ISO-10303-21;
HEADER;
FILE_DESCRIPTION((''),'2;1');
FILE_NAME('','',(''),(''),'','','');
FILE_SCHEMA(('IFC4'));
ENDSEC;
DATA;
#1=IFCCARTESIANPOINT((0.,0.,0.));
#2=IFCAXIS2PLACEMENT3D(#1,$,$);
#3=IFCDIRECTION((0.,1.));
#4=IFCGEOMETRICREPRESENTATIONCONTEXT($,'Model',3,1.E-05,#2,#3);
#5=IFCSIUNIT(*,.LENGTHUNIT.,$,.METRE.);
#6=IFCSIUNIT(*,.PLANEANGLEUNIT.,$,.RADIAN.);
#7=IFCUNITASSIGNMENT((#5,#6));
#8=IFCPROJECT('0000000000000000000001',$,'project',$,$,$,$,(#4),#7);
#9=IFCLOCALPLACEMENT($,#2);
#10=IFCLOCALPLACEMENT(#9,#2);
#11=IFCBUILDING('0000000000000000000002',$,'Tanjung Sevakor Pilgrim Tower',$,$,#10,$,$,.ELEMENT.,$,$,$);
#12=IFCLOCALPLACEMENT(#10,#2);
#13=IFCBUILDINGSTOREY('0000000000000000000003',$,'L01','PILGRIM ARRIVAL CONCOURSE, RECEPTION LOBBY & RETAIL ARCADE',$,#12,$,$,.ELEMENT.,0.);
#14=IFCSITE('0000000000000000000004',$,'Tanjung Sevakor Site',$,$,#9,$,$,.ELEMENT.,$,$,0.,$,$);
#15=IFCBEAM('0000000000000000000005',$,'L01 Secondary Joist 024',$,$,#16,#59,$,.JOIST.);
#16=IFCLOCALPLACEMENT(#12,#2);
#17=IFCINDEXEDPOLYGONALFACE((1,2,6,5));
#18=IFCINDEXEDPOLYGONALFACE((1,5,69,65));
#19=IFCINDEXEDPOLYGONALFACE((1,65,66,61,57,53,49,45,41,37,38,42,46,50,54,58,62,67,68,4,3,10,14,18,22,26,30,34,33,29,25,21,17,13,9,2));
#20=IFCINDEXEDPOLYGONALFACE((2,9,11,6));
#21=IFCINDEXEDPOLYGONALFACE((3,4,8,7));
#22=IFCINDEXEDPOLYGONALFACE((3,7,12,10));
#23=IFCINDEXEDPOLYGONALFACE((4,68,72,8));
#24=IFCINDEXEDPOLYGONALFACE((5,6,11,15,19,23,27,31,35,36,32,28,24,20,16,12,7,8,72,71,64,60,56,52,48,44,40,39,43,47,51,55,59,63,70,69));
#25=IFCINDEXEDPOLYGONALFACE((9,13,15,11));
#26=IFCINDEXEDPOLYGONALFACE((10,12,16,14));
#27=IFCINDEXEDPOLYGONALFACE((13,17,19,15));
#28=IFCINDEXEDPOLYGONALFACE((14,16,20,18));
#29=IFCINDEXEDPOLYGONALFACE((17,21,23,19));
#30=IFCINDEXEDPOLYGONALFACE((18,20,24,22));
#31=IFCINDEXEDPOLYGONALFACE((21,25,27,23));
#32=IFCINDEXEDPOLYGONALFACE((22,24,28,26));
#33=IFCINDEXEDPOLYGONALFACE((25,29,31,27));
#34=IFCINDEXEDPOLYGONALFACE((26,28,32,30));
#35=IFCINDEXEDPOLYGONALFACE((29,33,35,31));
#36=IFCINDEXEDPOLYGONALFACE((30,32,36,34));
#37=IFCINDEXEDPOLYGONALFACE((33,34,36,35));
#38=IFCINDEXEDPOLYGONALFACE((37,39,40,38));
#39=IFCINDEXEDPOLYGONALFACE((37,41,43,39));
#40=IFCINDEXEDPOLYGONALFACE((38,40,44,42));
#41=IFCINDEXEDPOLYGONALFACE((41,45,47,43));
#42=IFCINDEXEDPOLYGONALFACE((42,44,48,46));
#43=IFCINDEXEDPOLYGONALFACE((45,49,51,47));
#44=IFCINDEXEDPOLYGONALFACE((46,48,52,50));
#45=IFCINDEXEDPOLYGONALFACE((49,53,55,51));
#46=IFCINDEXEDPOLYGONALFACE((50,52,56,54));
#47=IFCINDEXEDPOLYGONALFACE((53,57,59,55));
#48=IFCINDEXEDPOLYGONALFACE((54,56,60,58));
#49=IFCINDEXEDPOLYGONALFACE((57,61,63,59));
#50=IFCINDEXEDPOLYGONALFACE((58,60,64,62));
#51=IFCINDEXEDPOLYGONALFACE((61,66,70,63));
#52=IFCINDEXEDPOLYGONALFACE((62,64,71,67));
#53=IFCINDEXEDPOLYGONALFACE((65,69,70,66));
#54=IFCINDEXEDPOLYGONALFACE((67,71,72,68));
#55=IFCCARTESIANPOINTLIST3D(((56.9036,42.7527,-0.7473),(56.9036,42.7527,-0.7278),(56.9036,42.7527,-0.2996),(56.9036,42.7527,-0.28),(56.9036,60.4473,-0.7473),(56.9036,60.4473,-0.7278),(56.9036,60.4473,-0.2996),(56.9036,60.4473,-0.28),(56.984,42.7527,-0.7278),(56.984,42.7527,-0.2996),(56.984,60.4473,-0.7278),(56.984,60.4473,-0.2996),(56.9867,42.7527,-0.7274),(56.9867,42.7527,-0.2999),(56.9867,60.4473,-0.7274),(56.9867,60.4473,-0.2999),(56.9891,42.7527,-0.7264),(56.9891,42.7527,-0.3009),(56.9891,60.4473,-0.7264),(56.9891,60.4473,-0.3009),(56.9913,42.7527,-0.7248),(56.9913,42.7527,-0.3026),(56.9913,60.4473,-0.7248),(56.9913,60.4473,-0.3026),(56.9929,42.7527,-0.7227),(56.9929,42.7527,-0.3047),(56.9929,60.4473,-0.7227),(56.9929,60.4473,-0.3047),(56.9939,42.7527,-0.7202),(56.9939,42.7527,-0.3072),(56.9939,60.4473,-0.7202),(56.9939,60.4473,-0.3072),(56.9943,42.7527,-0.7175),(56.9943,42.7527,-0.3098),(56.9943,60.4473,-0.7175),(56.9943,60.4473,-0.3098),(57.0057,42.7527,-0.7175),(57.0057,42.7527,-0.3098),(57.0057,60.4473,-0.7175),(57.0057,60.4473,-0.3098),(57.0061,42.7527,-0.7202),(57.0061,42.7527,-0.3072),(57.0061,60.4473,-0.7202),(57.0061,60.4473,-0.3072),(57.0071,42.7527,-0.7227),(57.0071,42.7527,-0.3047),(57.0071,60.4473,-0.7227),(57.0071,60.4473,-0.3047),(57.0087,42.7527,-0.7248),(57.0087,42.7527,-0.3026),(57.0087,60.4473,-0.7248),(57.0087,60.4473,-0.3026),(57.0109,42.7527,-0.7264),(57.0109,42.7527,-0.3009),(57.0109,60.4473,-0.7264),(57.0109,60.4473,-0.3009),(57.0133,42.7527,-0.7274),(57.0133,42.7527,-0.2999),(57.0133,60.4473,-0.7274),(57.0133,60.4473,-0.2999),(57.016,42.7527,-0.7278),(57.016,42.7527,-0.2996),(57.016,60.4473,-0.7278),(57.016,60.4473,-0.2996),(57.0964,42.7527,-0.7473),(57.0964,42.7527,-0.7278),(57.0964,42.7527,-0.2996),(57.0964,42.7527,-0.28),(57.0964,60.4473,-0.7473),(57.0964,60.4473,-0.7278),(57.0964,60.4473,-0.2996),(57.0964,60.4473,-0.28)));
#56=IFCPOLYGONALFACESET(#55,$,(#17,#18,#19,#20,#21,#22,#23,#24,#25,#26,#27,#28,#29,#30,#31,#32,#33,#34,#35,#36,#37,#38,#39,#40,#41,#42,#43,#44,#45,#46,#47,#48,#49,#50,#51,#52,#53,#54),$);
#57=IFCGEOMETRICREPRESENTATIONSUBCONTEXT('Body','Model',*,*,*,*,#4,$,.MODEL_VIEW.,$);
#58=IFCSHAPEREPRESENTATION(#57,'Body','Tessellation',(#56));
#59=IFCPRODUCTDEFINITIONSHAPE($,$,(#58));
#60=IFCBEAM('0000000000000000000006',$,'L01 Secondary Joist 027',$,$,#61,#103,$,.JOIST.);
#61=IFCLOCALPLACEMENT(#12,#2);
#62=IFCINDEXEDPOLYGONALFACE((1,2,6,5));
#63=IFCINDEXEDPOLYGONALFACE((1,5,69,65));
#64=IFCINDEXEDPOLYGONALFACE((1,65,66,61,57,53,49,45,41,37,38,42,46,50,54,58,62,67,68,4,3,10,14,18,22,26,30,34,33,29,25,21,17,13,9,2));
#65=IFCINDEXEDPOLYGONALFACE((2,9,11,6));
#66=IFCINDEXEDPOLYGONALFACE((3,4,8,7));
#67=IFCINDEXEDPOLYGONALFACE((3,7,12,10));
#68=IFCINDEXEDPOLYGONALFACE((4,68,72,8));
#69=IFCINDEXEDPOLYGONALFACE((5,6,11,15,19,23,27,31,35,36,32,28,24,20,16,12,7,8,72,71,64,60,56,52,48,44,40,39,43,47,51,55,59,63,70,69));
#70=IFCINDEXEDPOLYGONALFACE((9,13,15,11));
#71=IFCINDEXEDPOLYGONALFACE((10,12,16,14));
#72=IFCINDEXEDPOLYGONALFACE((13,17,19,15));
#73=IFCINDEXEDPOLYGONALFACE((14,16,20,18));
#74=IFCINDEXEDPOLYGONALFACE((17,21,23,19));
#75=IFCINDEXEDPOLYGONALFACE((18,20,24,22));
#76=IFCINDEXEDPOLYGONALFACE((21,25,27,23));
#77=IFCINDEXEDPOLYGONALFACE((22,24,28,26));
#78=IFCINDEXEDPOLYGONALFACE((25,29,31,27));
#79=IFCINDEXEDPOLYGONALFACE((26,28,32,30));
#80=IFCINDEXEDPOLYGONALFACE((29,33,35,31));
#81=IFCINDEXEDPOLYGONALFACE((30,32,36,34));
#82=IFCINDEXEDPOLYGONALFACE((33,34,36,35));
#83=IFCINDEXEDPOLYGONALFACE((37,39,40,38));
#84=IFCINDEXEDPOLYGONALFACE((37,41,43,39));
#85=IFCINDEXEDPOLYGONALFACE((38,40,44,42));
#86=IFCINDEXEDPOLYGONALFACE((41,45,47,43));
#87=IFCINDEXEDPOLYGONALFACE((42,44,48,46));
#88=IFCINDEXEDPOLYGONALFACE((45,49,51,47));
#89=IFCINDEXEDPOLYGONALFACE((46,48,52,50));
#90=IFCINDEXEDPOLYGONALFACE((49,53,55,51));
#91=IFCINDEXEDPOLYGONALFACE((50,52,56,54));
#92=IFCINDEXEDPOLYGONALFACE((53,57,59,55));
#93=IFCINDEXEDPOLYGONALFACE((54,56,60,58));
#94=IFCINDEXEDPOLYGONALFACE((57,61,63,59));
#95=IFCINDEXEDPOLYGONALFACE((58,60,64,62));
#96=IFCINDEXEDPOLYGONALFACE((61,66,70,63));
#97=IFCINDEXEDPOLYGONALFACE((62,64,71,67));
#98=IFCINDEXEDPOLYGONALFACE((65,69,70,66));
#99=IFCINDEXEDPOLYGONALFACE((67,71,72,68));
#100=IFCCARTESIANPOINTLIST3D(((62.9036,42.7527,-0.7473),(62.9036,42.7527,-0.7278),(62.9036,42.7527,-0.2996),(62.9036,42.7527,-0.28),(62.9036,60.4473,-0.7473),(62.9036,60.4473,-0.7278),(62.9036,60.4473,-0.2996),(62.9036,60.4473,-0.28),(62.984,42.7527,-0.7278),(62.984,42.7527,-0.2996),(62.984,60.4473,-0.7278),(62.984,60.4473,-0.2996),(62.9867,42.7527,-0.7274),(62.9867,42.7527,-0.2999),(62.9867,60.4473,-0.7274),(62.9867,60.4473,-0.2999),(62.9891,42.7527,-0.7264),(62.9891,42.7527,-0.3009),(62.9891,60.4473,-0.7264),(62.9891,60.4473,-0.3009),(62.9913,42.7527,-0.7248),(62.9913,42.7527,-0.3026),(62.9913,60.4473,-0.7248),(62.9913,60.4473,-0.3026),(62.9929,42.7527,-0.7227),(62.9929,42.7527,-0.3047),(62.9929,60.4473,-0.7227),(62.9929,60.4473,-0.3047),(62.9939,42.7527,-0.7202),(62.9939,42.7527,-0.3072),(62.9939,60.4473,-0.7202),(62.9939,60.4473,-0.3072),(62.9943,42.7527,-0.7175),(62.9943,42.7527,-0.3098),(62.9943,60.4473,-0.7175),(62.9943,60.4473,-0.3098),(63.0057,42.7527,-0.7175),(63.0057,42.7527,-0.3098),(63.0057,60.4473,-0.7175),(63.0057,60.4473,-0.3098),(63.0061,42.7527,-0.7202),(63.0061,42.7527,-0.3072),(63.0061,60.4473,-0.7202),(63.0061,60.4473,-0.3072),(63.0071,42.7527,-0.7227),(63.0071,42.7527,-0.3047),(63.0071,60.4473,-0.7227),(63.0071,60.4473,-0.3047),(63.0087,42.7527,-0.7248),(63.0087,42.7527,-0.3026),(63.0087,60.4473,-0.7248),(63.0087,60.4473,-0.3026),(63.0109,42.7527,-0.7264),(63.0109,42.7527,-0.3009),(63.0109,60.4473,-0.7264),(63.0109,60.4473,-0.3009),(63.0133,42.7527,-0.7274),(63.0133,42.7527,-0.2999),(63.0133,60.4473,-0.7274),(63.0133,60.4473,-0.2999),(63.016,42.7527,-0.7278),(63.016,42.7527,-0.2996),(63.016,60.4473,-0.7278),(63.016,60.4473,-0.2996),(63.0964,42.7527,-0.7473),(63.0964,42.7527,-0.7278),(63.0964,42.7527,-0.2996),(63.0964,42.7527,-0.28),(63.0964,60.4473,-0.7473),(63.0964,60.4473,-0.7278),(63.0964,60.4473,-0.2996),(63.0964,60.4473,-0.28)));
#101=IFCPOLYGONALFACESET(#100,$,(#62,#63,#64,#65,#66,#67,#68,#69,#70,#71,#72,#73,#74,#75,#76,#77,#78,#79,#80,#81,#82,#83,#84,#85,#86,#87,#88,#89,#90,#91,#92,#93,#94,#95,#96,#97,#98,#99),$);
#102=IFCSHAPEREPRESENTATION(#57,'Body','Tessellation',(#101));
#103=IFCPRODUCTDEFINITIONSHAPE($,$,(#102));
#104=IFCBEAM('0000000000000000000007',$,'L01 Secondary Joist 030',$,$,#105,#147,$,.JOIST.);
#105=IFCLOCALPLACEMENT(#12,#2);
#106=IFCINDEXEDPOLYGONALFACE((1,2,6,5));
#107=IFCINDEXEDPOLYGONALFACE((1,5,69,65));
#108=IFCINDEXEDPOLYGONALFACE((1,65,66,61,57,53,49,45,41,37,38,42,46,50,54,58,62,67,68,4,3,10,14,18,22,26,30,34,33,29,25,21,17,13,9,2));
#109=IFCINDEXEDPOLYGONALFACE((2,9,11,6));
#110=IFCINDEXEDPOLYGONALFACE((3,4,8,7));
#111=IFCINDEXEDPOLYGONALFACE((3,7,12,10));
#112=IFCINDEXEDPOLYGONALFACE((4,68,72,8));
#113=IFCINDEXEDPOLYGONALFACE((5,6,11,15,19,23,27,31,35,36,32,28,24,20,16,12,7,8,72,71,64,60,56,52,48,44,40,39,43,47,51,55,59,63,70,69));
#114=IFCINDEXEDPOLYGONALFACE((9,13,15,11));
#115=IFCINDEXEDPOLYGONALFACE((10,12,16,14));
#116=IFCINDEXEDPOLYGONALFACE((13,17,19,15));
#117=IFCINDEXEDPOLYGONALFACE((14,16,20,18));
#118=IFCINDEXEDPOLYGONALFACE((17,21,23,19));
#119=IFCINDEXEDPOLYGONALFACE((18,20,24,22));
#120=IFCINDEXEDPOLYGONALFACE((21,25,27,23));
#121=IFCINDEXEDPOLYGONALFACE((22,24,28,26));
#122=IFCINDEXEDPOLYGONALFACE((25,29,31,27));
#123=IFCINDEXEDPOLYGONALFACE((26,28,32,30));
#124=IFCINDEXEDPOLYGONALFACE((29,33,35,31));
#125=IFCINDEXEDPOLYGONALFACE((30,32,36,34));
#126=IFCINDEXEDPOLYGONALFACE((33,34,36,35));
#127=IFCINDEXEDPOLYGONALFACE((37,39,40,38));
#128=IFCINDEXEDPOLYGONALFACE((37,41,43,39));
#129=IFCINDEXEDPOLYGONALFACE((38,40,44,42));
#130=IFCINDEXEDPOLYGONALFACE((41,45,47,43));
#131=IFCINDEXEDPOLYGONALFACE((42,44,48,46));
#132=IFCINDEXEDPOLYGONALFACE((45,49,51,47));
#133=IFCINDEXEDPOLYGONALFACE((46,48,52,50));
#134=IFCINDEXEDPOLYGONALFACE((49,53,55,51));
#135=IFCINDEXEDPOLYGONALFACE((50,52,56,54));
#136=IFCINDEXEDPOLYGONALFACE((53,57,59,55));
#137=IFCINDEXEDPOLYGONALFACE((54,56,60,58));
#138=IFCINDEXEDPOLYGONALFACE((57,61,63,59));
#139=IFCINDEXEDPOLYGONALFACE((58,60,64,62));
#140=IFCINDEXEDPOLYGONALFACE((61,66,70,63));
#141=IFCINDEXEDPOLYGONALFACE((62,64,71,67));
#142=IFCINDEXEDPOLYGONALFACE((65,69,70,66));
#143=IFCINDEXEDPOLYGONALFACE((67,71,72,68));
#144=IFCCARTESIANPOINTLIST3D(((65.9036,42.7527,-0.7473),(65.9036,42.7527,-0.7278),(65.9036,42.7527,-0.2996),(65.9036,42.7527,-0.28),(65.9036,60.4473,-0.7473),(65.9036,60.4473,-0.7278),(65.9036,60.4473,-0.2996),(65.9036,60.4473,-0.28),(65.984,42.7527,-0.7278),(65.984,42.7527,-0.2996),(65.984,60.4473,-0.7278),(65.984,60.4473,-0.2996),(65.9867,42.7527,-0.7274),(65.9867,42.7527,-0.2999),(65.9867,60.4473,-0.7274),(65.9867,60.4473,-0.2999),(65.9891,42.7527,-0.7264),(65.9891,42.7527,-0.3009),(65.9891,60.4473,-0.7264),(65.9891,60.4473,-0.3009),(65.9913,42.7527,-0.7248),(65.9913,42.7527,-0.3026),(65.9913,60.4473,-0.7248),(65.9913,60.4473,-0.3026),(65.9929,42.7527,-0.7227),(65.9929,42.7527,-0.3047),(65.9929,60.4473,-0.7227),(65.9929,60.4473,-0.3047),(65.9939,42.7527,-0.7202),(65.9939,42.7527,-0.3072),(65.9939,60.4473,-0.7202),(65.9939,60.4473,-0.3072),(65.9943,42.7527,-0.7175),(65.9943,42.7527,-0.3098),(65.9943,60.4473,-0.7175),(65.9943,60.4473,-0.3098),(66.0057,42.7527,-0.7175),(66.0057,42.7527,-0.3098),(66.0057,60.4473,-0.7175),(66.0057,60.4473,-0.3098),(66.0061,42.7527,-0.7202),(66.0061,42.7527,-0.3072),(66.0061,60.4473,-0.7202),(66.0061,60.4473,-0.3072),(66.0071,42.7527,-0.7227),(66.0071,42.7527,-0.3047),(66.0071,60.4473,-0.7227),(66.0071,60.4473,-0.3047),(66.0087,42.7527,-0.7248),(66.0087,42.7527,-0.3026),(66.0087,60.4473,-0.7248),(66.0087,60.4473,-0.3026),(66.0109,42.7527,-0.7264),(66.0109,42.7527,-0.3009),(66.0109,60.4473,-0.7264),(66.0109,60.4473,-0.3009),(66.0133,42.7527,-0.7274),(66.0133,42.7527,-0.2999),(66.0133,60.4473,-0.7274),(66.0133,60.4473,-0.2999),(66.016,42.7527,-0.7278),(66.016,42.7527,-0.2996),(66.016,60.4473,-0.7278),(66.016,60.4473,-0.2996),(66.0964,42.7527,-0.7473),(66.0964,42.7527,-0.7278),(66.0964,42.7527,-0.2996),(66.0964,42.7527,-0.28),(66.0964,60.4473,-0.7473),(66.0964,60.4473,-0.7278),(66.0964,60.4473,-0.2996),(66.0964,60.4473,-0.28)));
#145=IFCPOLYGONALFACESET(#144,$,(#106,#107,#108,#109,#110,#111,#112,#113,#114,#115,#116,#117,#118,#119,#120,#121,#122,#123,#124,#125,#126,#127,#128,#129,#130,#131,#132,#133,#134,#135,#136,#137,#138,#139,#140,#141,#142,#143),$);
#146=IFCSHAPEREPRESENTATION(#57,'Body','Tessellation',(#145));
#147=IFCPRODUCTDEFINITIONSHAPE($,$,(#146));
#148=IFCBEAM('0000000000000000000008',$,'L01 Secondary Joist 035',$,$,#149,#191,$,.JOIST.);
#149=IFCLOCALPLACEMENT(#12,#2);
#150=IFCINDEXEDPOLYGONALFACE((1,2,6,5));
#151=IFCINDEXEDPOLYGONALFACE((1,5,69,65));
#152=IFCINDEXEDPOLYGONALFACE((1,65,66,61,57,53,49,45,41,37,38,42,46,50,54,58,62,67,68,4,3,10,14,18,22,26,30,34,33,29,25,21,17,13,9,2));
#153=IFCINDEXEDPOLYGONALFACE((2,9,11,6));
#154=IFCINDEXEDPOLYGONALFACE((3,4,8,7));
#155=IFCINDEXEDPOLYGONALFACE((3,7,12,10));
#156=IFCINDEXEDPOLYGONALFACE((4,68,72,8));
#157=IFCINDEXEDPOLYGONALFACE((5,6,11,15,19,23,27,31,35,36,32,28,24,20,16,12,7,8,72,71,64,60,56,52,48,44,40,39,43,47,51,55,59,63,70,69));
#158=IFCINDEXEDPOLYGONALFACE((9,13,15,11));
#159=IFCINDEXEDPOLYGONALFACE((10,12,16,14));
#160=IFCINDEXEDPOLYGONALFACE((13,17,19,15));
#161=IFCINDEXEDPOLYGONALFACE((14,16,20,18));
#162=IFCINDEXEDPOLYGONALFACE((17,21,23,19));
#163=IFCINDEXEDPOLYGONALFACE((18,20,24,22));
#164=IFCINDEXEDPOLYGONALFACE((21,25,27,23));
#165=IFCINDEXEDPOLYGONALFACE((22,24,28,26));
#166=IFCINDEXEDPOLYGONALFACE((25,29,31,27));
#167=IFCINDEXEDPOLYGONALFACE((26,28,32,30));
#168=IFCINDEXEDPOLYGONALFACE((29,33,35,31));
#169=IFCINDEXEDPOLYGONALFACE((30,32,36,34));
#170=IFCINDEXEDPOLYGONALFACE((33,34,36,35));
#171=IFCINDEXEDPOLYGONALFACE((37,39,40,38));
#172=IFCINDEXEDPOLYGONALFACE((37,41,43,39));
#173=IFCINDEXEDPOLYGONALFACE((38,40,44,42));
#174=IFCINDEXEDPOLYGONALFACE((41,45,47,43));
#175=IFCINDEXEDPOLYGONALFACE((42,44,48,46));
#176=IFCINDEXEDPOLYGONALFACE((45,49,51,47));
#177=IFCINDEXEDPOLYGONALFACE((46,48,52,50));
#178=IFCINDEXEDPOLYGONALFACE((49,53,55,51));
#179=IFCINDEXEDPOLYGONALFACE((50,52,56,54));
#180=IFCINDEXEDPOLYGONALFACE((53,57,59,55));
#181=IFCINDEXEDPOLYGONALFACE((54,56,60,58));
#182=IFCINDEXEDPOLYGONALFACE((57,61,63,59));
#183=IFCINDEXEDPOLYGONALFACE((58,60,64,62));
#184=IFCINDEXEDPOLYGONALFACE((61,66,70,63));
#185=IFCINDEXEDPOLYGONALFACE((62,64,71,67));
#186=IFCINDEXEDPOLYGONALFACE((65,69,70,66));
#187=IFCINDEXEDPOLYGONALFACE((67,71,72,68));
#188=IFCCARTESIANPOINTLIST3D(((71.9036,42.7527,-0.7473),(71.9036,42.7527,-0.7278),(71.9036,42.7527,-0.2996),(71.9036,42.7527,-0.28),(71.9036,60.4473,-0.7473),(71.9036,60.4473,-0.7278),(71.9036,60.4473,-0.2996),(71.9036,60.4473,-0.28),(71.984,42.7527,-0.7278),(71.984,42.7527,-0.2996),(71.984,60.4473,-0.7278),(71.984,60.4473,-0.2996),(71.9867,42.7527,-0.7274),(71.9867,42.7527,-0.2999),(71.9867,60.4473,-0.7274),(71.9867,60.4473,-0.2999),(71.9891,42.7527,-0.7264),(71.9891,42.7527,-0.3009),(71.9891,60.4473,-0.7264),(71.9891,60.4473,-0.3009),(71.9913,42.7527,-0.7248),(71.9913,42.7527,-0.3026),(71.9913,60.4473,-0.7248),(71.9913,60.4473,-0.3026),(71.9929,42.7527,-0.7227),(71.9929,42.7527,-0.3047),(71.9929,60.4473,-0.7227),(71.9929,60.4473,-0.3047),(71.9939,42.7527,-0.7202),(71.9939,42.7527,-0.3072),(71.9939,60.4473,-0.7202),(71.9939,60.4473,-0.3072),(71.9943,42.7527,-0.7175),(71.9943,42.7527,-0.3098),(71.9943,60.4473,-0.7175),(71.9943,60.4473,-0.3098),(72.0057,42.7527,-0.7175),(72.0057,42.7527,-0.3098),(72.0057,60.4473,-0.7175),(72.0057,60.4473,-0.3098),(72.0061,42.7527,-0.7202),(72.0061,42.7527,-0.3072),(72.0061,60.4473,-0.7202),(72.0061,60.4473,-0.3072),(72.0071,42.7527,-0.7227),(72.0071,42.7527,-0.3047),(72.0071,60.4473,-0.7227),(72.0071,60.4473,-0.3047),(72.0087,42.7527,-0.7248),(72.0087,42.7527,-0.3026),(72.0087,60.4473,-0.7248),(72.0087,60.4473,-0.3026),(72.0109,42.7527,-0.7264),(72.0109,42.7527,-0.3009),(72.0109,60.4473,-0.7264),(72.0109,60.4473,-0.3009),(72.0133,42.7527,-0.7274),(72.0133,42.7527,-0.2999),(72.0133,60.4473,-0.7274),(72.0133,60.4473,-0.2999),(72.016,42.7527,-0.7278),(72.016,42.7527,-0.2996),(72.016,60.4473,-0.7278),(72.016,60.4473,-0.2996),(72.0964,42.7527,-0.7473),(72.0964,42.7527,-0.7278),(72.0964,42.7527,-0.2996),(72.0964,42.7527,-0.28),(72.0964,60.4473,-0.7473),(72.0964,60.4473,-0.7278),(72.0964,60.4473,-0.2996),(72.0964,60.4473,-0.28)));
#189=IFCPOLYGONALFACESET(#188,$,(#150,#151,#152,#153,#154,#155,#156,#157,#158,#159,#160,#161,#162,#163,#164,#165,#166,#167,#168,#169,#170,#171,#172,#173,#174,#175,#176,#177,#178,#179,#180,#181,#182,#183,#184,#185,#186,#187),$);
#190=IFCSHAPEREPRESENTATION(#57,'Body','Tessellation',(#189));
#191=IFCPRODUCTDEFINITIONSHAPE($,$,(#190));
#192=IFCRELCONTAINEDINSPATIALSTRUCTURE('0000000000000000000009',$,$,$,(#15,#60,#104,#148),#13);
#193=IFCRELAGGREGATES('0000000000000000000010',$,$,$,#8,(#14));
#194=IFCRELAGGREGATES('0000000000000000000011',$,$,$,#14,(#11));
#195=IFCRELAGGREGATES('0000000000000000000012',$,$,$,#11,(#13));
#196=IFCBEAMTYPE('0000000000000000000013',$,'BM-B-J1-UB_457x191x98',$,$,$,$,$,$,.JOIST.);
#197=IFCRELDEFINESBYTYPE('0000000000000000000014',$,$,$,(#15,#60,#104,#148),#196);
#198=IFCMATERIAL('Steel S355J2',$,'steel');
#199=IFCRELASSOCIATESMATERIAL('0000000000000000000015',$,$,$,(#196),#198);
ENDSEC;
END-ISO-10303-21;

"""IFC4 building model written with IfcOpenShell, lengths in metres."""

from ifc_helpers import new_model, si_unit, direction, frame, origin, origin_2d, place, context, subcontext, project, spatial, i_section, extrude, material, material_profile, profile_set, type_object, element, save


model = new_model("IFC4")

# Units and contexts
model_context = context("Model", 3, precision=1e-05, world=origin(), true_north=direction((0.0, 1.0)))
body_context = subcontext(model_context, "Body", "Model", "MODEL_VIEW")
ifc_project = project(units=[si_unit("LENGTHUNIT", "METRE"), si_unit("PLANEANGLEUNIT", "RADIAN")], contexts=[model_context])

# Site, building, storey
site_placement = place(None, origin())
site = spatial("IfcSite", under=ifc_project, at=site_placement, Name="Tanjung Sevakor Site", CompositionType="ELEMENT", RefElevation=0.0)
building_placement = place(site_placement, origin())
building = spatial("IfcBuilding", under=site, at=building_placement, Name="Tanjung Sevakor Pilgrim Tower", CompositionType="ELEMENT")
storey_placement = place(building_placement, origin())
storey = spatial("IfcBuildingStorey", under=building, at=storey_placement, Name="L01", Description="PILGRIM ARRIVAL CONCOURSE, RECEPTION LOBBY & RETAIL ARCADE", CompositionType="ELEMENT", Elevation=0.0)

# Beams
ifc_material_1 = material(Name="Steel S355J2", Category="steel")
ifc_material_profile_1 = material_profile(ifc_material_1, i_section(OverallWidth=0.1929, OverallDepth=0.4673, WebThickness=0.0115, FlangeThickness=0.0195, FilletRadius=0.0103, at=origin_2d()))
ifc_profile_set_1 = profile_set([ifc_material_profile_1], Name="Steel S355J2")
beam_type_1 = type_object("IfcBeamType", Name="BM-B-J1-UB_457x191x98", PredefinedType="JOIST", material=ifc_profile_set_1)
for number, where, z_axis, x_axis, name in (
    (1, (57.0, 42.7527, -0.5137), (0.0, 1.0, 0.0), (-1.0, 0.0, 0.0), "L01 Secondary Joist 024"),
    (2, (63.0, 42.7527, -0.5137), (0.0, 1.0, 0.0), (-1.0, 0.0, 0.0), "L01 Secondary Joist 027"),
    (3, (66.0, 42.7527, -0.5137), (0.0, 1.0, 0.0), (-1.0, 0.0, 0.0), "L01 Secondary Joist 030"),
    (4, (72.0, 42.7527, -0.5137), (0.0, 1.0, 0.0), (-1.0, 0.0, 0.0), "L01 Secondary Joist 035"),
):
    element("IfcBeam", number, at=place(storey_placement, frame(where, z_axis=z_axis, x_axis=x_axis)), inside=storey, type_object=beam_type_1, Name=name, PredefinedType="JOIST", context=body_context, shape_type="SweptSolid", body=[
        extrude(i_section(OverallWidth=0.1929, OverallDepth=0.4673, WebThickness=0.0115, FlangeThickness=0.0195, FilletRadius=0.0103, at=origin_2d()), origin(), (0.0, 0.0, 1.0), 17.6946),
    ])

save(model, "model.ifc")
